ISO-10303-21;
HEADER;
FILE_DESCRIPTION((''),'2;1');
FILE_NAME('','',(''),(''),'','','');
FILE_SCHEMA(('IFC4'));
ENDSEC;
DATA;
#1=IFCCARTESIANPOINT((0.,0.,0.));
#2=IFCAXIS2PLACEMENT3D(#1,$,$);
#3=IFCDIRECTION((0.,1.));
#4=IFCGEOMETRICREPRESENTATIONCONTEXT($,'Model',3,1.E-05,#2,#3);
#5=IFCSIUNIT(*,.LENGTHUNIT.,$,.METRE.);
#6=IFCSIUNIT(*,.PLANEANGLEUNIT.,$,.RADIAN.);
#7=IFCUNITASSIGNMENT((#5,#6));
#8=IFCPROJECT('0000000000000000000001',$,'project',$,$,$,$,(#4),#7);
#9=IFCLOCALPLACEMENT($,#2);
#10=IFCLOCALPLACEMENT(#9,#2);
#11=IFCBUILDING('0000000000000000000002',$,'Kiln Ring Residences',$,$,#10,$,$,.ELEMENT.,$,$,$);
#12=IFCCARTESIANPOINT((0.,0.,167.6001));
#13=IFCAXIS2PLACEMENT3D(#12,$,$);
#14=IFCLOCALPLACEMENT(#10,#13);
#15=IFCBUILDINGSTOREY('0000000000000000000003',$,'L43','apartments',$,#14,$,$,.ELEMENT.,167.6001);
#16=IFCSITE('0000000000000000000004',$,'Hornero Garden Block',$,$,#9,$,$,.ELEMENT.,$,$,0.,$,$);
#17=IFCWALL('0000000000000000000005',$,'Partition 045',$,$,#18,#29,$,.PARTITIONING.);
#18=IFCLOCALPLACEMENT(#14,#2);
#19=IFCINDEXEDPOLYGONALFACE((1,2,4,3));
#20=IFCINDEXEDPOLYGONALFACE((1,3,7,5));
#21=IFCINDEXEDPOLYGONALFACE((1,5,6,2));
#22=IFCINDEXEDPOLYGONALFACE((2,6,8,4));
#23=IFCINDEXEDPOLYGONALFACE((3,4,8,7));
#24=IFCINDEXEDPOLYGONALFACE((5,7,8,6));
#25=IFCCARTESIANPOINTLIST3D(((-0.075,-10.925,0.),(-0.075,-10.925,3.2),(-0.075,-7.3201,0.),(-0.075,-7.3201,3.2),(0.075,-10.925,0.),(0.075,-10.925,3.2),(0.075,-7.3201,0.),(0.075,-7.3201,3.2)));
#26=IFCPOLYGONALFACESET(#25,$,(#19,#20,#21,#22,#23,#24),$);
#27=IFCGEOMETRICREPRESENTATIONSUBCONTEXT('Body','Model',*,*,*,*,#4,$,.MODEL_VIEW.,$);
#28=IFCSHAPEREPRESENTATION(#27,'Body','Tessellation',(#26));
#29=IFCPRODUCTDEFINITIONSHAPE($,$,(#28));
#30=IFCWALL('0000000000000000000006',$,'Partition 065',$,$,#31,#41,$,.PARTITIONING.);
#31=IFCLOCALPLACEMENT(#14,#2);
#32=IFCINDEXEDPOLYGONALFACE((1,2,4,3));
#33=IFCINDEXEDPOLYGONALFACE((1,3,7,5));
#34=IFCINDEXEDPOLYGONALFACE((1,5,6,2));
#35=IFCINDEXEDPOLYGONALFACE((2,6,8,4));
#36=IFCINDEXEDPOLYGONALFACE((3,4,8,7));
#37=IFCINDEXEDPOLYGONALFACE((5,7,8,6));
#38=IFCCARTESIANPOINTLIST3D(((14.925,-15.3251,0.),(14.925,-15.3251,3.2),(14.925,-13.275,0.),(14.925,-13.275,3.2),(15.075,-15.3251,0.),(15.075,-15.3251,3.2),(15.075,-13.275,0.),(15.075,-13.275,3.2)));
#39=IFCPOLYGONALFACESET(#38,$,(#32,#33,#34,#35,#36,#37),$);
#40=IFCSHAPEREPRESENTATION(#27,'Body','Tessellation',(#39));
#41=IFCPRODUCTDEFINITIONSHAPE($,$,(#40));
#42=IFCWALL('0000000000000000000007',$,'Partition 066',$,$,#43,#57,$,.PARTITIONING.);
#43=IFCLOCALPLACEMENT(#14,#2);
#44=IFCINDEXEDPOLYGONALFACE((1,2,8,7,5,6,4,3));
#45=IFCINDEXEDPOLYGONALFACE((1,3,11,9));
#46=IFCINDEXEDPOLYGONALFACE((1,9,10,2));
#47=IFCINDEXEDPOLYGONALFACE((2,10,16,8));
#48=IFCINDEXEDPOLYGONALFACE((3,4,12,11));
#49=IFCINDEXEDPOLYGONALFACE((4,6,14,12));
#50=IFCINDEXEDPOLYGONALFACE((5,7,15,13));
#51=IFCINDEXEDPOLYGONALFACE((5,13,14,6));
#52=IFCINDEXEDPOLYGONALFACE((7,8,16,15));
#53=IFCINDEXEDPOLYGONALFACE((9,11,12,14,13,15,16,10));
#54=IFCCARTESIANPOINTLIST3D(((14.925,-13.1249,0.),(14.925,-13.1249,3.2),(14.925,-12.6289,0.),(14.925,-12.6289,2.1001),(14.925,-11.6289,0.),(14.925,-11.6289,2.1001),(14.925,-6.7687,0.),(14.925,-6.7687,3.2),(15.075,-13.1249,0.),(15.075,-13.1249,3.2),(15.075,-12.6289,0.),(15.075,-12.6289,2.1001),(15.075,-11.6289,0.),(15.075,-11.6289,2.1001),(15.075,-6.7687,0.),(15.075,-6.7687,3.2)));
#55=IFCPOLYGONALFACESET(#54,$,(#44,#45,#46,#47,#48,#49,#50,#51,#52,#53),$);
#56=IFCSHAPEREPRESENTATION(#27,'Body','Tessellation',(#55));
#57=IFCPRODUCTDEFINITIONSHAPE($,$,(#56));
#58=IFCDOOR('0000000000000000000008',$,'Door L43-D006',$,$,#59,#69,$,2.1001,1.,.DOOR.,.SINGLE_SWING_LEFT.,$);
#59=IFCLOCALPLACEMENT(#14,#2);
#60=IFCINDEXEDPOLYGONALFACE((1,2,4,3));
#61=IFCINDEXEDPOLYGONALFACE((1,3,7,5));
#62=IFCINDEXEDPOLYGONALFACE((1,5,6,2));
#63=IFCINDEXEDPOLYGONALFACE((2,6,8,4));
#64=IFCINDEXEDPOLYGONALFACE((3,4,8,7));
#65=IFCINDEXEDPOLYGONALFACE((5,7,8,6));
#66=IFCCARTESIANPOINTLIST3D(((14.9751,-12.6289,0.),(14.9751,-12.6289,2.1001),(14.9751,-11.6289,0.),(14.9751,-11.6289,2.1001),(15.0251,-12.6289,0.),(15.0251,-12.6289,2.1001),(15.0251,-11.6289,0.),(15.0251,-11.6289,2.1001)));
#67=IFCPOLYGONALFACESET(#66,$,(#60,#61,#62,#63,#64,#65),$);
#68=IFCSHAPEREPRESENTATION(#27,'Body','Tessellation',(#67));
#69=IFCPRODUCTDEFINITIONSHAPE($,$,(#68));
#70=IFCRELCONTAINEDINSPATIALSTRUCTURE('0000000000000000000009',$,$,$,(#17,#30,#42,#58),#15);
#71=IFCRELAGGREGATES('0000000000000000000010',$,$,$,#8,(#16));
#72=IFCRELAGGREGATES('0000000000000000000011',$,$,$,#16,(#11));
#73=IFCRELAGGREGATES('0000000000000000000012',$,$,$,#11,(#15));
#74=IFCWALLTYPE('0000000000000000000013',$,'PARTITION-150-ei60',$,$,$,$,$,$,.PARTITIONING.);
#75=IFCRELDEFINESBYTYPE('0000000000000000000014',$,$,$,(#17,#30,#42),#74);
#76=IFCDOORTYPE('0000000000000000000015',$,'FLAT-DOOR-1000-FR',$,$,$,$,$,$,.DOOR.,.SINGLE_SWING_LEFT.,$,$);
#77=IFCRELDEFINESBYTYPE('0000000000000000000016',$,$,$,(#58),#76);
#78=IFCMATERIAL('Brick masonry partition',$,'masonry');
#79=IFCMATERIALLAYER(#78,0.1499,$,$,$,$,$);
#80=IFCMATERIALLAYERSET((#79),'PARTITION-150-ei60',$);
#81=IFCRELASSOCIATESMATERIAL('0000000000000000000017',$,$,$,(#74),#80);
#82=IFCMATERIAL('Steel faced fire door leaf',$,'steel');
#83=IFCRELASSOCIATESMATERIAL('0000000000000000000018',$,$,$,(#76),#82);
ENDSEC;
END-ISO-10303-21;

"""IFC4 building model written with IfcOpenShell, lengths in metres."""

from ifc_helpers import new_model, si_unit, direction, frame, frame_2d, origin, place, context, subcontext, project, spatial, rectangle, extrude, material, layer, layer_set, type_object, element, fill, save


model = new_model("IFC4")

# Units and contexts
model_context = context("Model", 3, precision=1e-05, world=origin(), true_north=direction((0.0, 1.0)))
body_context = subcontext(model_context, "Body", "Model", "MODEL_VIEW")
ifc_project = project(units=[si_unit("LENGTHUNIT", "METRE"), si_unit("PLANEANGLEUNIT", "RADIAN")], contexts=[model_context])

# Site, building, storey
site_placement = place(None, origin())
site = spatial("IfcSite", under=ifc_project, at=site_placement, Name="Hornero Garden Block", CompositionType="ELEMENT", RefElevation=0.0)
building_placement = place(site_placement, origin())
building = spatial("IfcBuilding", under=site, at=building_placement, Name="Kiln Ring Residences", CompositionType="ELEMENT")
storey_placement = place(building_placement, frame((0.0, 0.0, 167.6001)))
storey = spatial("IfcBuildingStorey", under=building, at=storey_placement, Name="L43", Description="apartments", CompositionType="ELEMENT", Elevation=167.6001)

# Shared definitions
ifc_material_1 = material(Name="Brick masonry partition", Category="masonry")
ifc_layer_1 = layer(ifc_material_1, 0.1499)
ifc_layer_set_1 = layer_set([ifc_layer_1], Name="PARTITION-150-ei60")
wall_type_1 = type_object("IfcWallType", Name="PARTITION-150-ei60", PredefinedType="PARTITIONING", material=ifc_layer_set_1)
ifc_material_2 = material(Name="Steel faced fire door leaf", Category="steel")
door_type_1 = type_object("IfcDoorType", Name="FLAT-DOOR-1000-FR", OperationType="SINGLE_SWING_LEFT", PredefinedType="DOOR", material=ifc_material_2)

# Walls
wall_1_placement = place(storey_placement, frame((0.0, -10.925, 0.0), z_axis=(0.0, 0.0, 1.0), x_axis=(0.0, 1.0, 0.0)))
element("IfcWall", 1, at=wall_1_placement, inside=storey, type_object=wall_type_1, Name="Partition 045", PredefinedType="PARTITIONING", context=body_context, shape_type="SweptSolid", body=[
    extrude(rectangle(XDim=3.605, YDim=0.1499, at=frame_2d((1.8025, 0.0))), origin(), (0.0, 0.0, 1.0), 3.2),
])
wall_2_placement = place(storey_placement, frame((15.0, -15.325, 0.0), z_axis=(0.0, 0.0, 1.0), x_axis=(0.0, 1.0, 0.0)))
element("IfcWall", 2, at=wall_2_placement, inside=storey, type_object=wall_type_1, Name="Partition 065", PredefinedType="PARTITIONING", context=body_context, shape_type="SweptSolid", body=[
    extrude(rectangle(XDim=2.05, YDim=0.1499, at=frame_2d((1.0249, 0.0))), origin(), (0.0, 0.0, 1.0), 3.2),
])

# Wall, opening, door
wall_3_placement = place(storey_placement, frame((15.0, -13.125, 0.0), z_axis=(0.0, 0.0, 1.0), x_axis=(0.0, 1.0, 0.0)))
wall_3 = element("IfcWall", 3, at=wall_3_placement, inside=storey, type_object=wall_type_1, Name="Partition 066", PredefinedType="PARTITIONING", context=body_context, shape_type="SweptSolid", body=[
    extrude(rectangle(XDim=6.3562, YDim=0.1499, at=frame_2d((3.1782, 0.0))), origin(), (0.0, 0.0, 1.0), 3.2),
])
opening_1_placement = place(wall_3_placement, frame((0.4961, 0.0, 0.0)))
opening_1 = element("IfcOpeningElement", 4, at=opening_1_placement, cuts=wall_3, PredefinedType="OPENING", context=body_context, shape_type="SweptSolid", body=[
    extrude(rectangle(XDim=1.0, YDim=2.1001, at=frame_2d((0.5, 1.05))), frame((0.0, 0.085, 0.0), z_axis=(0.0, -1.0, 0.0), x_axis=(1.0, 0.0, 0.0)), (0.0, 0.0, 1.0), 0.1699),
])
door_1_placement = place(opening_1_placement, origin())
door_1 = element("IfcDoor", 5, at=door_1_placement, inside=storey, type_object=door_type_1, Name="Door L43-D006", OperationType="SINGLE_SWING_LEFT", OverallHeight=2.1001, OverallWidth=1.0, PredefinedType="DOOR", context=body_context, shape_type="SweptSolid", body=[
    extrude(rectangle(XDim=1.0, YDim=2.1001, at=frame_2d((0.5, 1.05))), frame((0.0, 0.0249, 0.0), z_axis=(0.0, -1.0, 0.0), x_axis=(1.0, 0.0, 0.0)), (0.0, 0.0, 1.0), 0.05),
])
fill(opening_1, door_1)

save(model, "model.ifc")
